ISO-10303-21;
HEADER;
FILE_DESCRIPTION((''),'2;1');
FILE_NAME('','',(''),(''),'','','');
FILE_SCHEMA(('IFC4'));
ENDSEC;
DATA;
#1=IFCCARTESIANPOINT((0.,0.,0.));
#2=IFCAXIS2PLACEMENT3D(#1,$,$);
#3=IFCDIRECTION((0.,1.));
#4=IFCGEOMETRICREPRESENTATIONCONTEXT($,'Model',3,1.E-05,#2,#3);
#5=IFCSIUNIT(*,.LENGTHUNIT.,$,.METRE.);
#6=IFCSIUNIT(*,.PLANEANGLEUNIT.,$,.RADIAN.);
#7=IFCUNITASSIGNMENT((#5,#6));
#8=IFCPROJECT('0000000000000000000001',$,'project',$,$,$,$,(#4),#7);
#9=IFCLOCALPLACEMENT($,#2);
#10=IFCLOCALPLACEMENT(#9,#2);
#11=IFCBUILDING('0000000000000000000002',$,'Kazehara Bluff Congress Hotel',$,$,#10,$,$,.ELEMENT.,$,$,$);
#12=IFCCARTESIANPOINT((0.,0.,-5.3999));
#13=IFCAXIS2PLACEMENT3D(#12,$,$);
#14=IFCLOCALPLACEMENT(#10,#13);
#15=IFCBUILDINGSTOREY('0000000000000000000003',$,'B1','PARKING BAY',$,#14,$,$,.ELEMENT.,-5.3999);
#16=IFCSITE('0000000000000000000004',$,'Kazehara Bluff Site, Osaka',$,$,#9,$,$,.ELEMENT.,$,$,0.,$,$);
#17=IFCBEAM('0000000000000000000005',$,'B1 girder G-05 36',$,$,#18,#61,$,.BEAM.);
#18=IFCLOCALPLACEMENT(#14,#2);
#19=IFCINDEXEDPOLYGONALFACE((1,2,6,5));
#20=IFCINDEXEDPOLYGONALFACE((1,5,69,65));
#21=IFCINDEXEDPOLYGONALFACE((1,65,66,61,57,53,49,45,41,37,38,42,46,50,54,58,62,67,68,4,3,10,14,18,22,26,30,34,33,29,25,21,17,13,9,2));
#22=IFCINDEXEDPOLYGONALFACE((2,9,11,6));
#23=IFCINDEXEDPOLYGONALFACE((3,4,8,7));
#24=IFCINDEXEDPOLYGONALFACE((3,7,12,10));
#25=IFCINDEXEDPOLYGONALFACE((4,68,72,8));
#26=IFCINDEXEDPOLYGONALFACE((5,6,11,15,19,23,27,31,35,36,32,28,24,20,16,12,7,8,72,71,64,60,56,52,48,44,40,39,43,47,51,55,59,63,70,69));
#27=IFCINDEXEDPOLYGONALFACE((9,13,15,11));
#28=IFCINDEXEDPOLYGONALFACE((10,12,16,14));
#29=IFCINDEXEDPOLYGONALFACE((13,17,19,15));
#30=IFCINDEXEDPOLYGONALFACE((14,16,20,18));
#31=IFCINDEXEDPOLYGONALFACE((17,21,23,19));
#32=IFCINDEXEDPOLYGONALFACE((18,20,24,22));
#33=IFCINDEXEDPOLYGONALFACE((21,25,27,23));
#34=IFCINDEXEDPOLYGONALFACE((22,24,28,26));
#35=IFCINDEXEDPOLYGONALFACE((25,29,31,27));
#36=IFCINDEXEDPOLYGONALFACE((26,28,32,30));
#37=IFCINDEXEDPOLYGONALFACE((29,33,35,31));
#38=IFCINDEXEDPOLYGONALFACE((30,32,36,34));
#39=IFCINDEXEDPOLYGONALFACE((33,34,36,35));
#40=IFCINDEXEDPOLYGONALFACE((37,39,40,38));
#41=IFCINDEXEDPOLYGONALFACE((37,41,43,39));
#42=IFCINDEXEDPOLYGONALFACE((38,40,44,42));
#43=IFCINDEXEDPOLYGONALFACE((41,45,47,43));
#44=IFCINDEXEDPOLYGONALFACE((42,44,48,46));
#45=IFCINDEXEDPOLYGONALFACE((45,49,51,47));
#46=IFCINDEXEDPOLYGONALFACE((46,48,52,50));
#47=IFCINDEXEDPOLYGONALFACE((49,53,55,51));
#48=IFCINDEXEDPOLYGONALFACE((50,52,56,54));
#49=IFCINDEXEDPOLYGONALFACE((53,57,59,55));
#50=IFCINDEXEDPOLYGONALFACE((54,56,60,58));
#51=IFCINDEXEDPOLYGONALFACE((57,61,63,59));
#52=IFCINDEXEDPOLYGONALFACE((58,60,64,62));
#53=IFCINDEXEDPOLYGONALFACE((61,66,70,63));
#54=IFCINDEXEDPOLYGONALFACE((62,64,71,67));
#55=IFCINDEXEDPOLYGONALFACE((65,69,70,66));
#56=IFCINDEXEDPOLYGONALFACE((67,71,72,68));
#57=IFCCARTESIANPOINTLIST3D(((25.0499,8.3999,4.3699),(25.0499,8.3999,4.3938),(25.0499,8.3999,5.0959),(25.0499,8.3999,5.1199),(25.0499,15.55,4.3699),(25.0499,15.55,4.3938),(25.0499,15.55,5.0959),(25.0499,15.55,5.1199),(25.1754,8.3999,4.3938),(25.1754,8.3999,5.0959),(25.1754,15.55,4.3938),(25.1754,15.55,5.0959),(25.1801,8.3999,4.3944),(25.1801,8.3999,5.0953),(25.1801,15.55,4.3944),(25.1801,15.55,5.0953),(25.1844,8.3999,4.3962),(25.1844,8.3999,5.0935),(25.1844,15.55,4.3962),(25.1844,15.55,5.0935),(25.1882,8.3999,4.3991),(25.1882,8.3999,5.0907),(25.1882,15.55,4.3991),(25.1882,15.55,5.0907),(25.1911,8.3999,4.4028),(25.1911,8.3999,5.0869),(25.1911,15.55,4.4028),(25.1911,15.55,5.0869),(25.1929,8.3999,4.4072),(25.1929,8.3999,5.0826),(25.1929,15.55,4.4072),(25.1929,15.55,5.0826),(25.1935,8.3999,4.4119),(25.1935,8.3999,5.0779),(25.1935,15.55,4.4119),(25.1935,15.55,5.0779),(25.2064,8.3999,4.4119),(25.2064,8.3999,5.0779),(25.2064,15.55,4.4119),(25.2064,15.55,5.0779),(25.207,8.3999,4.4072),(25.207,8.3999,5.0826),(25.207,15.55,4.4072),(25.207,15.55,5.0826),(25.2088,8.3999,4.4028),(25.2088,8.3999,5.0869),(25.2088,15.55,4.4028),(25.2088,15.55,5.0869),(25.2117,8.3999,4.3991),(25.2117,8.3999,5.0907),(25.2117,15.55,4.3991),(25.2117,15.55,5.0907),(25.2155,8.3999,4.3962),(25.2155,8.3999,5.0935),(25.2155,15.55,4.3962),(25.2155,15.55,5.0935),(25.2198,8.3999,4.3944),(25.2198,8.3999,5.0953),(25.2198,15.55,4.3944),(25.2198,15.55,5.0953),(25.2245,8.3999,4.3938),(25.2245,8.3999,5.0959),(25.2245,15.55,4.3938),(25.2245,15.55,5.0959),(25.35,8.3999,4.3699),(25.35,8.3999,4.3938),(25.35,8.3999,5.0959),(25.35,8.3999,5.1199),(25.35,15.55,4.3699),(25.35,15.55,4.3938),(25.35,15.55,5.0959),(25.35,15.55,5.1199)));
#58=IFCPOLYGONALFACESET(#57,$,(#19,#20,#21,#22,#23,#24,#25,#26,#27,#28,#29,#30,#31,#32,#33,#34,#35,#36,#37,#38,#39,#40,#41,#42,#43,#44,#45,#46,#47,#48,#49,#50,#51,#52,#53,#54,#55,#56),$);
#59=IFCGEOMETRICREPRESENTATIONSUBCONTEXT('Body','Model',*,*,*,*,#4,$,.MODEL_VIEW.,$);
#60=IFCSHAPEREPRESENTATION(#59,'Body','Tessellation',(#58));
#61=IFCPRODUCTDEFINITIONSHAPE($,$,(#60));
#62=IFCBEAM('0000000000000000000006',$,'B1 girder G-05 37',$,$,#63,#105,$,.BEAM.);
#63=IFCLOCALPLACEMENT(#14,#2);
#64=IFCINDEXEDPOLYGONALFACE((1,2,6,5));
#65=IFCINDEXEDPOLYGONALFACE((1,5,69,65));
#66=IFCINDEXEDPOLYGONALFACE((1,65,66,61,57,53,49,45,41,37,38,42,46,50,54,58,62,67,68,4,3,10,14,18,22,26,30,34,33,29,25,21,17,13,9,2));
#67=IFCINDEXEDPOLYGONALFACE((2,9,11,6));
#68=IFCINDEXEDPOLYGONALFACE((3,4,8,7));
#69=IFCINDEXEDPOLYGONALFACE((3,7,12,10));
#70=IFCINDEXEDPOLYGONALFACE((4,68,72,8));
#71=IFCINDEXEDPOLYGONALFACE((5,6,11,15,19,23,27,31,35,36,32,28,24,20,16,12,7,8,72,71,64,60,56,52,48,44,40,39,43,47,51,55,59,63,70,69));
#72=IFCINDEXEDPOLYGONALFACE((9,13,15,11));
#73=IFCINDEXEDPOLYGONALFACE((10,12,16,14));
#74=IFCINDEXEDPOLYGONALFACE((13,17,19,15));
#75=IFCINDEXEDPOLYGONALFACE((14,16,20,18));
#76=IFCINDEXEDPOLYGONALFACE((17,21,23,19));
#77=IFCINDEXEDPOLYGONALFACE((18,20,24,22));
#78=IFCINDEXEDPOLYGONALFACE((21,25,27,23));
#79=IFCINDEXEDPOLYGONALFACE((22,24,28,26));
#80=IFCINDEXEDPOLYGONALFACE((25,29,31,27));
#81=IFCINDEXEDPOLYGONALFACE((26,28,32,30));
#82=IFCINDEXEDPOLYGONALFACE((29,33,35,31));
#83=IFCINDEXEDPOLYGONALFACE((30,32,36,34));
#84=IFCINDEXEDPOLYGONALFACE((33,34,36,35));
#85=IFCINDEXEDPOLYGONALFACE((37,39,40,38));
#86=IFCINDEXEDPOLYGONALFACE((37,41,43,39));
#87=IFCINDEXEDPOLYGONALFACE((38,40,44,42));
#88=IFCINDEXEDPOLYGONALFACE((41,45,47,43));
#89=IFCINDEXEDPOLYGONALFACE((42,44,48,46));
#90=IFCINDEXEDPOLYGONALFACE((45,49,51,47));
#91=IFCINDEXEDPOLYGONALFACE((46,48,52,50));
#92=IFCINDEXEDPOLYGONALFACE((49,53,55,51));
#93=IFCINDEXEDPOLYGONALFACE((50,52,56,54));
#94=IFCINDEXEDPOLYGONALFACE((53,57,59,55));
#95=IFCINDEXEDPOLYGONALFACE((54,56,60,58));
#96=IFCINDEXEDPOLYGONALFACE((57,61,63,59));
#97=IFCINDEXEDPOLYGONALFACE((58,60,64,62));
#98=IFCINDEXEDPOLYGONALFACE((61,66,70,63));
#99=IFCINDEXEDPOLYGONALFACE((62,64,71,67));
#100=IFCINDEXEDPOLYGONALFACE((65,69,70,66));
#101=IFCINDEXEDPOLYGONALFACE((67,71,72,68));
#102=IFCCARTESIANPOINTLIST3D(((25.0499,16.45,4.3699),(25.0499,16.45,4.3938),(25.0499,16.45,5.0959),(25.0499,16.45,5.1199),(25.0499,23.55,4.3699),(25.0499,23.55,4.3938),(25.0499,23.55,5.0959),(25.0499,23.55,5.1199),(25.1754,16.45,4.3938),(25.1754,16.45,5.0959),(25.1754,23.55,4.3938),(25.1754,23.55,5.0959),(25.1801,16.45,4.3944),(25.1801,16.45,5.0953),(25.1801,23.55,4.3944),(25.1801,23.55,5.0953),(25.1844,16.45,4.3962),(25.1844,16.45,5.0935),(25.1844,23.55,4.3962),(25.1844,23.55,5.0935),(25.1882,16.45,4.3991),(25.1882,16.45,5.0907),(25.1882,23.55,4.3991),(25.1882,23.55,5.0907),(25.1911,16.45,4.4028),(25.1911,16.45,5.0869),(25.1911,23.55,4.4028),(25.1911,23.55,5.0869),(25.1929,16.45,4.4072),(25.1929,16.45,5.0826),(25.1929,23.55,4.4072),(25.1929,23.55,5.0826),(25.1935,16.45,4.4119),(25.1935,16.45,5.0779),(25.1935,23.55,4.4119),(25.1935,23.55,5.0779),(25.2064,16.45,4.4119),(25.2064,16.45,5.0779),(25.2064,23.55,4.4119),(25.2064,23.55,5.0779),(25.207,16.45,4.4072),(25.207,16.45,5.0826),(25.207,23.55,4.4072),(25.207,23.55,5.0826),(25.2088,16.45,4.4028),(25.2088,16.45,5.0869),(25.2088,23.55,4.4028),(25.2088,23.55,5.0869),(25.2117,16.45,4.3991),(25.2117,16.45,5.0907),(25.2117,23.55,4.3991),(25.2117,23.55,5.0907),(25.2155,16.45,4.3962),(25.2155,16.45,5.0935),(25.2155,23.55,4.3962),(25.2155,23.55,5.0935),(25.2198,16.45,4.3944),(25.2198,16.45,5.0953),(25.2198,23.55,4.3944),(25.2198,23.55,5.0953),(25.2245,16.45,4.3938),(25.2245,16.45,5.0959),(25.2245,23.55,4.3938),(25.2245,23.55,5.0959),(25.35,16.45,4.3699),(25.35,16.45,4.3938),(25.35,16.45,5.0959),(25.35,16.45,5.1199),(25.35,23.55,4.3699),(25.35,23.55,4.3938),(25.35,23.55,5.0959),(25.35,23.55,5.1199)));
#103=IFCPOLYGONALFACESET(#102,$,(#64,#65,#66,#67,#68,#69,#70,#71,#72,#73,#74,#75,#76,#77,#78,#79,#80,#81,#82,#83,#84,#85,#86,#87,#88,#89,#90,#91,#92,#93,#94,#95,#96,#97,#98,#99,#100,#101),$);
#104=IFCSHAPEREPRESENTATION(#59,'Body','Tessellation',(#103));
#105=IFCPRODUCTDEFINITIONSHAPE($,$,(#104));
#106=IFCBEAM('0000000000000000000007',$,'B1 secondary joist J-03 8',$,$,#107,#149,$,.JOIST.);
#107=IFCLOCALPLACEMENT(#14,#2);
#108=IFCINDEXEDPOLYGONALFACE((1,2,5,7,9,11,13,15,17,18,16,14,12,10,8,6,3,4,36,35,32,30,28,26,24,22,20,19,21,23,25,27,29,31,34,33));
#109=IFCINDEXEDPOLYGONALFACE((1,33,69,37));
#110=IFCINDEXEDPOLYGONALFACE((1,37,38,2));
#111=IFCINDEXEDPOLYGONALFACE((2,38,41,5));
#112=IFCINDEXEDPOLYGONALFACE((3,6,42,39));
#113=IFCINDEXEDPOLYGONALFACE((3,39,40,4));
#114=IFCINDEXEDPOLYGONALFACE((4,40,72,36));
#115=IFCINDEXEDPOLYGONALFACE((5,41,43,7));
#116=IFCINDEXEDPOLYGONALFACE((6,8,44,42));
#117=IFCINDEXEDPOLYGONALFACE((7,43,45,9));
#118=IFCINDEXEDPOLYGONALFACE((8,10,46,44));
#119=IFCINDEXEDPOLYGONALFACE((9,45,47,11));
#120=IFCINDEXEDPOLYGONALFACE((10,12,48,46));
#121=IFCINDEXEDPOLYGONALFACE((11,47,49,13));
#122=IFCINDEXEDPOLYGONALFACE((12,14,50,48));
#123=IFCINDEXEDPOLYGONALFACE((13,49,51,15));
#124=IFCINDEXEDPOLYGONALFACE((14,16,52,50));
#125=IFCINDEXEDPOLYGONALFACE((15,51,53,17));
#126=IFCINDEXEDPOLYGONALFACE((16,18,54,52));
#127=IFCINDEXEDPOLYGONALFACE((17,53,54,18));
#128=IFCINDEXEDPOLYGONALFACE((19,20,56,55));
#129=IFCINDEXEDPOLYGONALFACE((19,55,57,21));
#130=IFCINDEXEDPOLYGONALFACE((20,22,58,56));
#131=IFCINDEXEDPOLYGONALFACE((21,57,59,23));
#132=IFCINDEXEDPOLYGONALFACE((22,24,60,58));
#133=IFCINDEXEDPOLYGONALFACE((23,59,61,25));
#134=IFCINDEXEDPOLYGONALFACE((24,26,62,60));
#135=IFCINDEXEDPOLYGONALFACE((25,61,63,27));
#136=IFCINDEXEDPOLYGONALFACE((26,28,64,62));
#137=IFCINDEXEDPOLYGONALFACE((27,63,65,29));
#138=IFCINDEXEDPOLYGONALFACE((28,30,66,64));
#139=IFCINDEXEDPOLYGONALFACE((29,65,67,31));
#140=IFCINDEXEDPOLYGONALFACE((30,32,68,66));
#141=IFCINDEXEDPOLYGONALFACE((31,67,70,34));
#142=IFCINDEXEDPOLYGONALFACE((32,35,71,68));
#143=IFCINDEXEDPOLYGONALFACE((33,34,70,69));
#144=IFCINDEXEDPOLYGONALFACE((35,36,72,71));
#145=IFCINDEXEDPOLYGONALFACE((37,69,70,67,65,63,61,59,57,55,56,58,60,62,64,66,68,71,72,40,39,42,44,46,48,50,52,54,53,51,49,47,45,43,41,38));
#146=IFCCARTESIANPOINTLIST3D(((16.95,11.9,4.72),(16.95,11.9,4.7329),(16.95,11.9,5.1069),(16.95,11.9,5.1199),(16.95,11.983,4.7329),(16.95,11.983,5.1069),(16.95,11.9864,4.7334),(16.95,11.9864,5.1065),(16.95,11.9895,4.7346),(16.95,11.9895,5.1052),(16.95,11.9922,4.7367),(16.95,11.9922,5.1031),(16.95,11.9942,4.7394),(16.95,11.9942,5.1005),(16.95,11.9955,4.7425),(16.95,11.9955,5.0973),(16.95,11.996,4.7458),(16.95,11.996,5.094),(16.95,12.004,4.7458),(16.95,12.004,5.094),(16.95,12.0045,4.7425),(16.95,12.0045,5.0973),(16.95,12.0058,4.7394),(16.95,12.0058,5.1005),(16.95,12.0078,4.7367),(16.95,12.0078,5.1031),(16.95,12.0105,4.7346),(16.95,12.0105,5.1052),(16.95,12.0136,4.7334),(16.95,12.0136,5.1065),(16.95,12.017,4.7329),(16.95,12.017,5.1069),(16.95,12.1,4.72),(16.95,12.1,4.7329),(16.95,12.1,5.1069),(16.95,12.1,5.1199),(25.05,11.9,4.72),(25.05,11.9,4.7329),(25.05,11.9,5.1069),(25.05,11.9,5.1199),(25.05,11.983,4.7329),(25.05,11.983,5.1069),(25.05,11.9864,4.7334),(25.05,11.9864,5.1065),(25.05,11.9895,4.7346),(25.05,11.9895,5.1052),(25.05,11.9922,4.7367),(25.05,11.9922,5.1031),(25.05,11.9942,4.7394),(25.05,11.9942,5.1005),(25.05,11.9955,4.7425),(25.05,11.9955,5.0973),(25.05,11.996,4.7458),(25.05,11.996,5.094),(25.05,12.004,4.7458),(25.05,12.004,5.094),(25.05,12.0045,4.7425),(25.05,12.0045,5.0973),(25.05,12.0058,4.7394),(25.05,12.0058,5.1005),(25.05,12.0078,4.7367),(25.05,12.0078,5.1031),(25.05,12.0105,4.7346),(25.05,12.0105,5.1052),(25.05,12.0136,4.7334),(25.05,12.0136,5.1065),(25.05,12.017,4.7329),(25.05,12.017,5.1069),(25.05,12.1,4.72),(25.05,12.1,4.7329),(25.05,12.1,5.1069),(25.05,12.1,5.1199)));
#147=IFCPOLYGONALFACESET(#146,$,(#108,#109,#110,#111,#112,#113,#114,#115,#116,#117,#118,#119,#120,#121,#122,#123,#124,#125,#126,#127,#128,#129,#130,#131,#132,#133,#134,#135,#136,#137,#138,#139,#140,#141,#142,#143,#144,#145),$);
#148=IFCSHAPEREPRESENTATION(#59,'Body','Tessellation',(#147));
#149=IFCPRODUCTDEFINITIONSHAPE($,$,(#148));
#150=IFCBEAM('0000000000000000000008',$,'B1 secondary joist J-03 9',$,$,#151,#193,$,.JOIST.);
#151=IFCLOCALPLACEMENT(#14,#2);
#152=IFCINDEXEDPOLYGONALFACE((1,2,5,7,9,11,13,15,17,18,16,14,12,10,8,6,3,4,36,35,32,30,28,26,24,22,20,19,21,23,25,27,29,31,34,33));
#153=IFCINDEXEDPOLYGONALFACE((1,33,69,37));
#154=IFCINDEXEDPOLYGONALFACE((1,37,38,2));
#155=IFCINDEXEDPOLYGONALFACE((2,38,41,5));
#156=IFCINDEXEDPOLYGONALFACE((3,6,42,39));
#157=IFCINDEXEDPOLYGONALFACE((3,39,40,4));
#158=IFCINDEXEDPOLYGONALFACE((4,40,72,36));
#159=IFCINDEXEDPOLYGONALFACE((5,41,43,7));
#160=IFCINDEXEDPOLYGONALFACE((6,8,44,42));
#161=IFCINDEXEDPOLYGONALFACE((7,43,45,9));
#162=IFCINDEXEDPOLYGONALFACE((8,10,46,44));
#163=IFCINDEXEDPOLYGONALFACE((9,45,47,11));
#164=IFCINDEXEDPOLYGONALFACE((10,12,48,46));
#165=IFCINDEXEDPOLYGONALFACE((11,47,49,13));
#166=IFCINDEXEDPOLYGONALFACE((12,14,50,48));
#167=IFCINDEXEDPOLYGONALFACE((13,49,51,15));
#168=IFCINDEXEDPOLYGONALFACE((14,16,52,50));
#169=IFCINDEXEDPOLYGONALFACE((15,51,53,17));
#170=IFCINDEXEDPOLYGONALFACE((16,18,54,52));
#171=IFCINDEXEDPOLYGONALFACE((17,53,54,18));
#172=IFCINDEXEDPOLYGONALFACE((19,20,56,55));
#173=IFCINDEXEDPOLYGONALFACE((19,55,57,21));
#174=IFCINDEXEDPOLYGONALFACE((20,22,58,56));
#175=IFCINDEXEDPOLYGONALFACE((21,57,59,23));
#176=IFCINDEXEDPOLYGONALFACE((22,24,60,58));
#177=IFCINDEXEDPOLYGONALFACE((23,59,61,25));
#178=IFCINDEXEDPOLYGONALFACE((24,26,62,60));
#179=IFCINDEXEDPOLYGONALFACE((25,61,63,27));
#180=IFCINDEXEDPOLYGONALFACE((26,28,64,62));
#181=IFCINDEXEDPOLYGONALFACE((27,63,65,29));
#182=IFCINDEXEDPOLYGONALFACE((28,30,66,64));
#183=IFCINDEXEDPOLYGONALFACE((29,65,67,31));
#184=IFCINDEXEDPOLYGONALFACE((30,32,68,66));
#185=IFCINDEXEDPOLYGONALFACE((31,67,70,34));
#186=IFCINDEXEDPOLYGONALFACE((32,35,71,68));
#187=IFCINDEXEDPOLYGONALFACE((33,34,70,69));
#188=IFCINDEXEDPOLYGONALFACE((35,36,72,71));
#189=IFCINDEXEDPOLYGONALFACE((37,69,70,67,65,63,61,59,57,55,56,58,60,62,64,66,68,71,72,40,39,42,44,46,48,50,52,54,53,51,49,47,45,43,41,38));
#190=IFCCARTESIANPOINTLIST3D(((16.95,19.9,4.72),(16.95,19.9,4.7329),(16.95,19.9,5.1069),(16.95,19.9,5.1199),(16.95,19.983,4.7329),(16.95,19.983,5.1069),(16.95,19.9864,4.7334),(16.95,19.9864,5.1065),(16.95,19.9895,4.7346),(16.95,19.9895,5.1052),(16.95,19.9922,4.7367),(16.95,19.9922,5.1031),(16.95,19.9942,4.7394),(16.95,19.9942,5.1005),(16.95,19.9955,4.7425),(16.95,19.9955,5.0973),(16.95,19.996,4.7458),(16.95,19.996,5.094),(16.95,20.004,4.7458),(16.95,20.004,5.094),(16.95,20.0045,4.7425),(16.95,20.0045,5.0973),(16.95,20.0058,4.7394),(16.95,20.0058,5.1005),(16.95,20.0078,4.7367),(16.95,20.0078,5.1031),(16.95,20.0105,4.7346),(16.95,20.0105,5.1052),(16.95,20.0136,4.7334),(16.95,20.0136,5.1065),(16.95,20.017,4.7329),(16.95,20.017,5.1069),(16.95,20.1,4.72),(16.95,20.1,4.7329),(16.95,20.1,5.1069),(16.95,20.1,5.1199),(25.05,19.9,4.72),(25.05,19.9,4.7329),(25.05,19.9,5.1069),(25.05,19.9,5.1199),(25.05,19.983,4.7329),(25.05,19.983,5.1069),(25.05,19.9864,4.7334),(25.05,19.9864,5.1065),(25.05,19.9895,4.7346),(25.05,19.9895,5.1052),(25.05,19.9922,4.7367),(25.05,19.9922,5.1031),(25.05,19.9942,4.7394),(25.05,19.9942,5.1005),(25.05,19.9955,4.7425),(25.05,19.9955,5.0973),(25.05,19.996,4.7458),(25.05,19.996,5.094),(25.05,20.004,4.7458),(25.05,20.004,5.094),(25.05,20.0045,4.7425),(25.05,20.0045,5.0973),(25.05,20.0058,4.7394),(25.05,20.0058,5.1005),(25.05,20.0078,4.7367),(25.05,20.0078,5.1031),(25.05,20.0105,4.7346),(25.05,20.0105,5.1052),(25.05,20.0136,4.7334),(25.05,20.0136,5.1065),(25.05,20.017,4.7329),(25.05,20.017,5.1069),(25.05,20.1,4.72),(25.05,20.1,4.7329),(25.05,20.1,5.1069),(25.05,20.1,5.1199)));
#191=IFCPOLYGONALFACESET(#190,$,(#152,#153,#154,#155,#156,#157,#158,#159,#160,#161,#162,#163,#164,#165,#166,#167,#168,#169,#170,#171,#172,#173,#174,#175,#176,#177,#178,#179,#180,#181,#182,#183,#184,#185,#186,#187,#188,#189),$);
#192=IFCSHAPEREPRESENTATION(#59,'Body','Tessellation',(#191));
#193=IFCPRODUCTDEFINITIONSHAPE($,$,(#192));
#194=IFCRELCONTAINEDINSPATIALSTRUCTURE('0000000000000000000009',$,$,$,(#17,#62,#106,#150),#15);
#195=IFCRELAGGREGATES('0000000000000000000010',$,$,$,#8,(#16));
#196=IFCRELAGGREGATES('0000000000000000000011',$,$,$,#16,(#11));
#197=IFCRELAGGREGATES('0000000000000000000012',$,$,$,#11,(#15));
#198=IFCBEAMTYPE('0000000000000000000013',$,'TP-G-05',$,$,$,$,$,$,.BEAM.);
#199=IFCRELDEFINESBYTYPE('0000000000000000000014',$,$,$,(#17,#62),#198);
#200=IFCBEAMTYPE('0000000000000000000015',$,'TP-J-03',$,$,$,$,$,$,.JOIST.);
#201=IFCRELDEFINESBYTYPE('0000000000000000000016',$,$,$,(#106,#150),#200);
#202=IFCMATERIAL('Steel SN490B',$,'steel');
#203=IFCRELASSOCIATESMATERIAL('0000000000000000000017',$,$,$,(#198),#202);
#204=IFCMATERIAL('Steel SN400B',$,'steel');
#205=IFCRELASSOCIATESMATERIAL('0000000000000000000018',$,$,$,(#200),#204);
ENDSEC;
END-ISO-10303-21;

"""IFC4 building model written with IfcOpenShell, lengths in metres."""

from ifc_helpers import new_model, si_unit, direction, frame, origin, origin_2d, place, context, subcontext, project, spatial, i_section, extrude, material, material_profile, profile_set, type_object, element, save


model = new_model("IFC4")

# Units and contexts
model_context = context("Model", 3, precision=1e-05, world=origin(), true_north=direction((0.0, 1.0)))
body_context = subcontext(model_context, "Body", "Model", "MODEL_VIEW")
ifc_project = project(units=[si_unit("LENGTHUNIT", "METRE"), si_unit("PLANEANGLEUNIT", "RADIAN")], contexts=[model_context])

# Site, building, storey
site_placement = place(None, origin())
site = spatial("IfcSite", under=ifc_project, at=site_placement, Name="Kazehara Bluff Site, Osaka", CompositionType="ELEMENT", RefElevation=0.0)
building_placement = place(site_placement, origin())
building = spatial("IfcBuilding", under=site, at=building_placement, Name="Kazehara Bluff Congress Hotel", CompositionType="ELEMENT")
storey_placement = place(building_placement, frame((0.0, 0.0, -5.3999)))
storey = spatial("IfcBuildingStorey", under=building, at=storey_placement, Name="B1", Description="PARKING BAY", CompositionType="ELEMENT", Elevation=-5.3999)

# Beams
ifc_material_1 = material(Name="Steel SN490B", Category="steel")
ifc_material_profile_1 = material_profile(ifc_material_1, i_section(OverallWidth=0.3, OverallDepth=0.75, WebThickness=0.0129, FlangeThickness=0.0239, FilletRadius=0.0181, at=origin_2d()))
ifc_profile_set_1 = profile_set([ifc_material_profile_1], Name="Steel SN490B")
beam_type_1 = type_object("IfcBeamType", Name="TP-G-05", PredefinedType="BEAM", material=ifc_profile_set_1)
beam_1_placement = place(storey_placement, frame((25.2, 8.3999, 4.7449), z_axis=(0.0, 1.0, 0.0), x_axis=(-1.0, 0.0, 0.0)))
element("IfcBeam", 1, at=beam_1_placement, inside=storey, type_object=beam_type_1, Name="B1 girder G-05 36", PredefinedType="BEAM", context=body_context, shape_type="SweptSolid", body=[
    extrude(i_section(OverallWidth=0.3, OverallDepth=0.75, WebThickness=0.0129, FlangeThickness=0.0239, FilletRadius=0.0181, at=origin_2d()), origin(), (0.0, 0.0, 1.0), 7.1501),
])
beam_2_placement = place(storey_placement, frame((25.2, 16.45, 4.7449), z_axis=(0.0, 1.0, 0.0), x_axis=(-1.0, 0.0, 0.0)))
element("IfcBeam", 2, at=beam_2_placement, inside=storey, type_object=beam_type_1, Name="B1 girder G-05 37", PredefinedType="BEAM", context=body_context, shape_type="SweptSolid", body=[
    extrude(i_section(OverallWidth=0.3, OverallDepth=0.75, WebThickness=0.0129, FlangeThickness=0.0239, FilletRadius=0.0181, at=origin_2d()), origin(), (0.0, 0.0, 1.0), 7.1001),
])
ifc_material_2 = material(Name="Steel SN400B", Category="steel")
ifc_material_profile_2 = material_profile(ifc_material_2, i_section(OverallWidth=0.2, OverallDepth=0.3999, WebThickness=0.0081, FlangeThickness=0.0129, FilletRadius=0.0129, at=origin_2d()))
ifc_profile_set_2 = profile_set([ifc_material_profile_2], Name="Steel SN400B")
beam_type_2 = type_object("IfcBeamType", Name="TP-J-03", PredefinedType="JOIST", material=ifc_profile_set_2)
for number, where, z_axis, x_axis, name in (
    (3, (16.95, 12.0, 4.9199), (1.0, 0.0, 0.0), (0.0, 1.0, 0.0), "B1 secondary joist J-03 8"),
    (4, (16.95, 20.0, 4.9199), (1.0, 0.0, 0.0), (0.0, 1.0, 0.0), "B1 secondary joist J-03 9"),
):
    element("IfcBeam", number, at=place(storey_placement, frame(where, z_axis=z_axis, x_axis=x_axis)), inside=storey, type_object=beam_type_2, Name=name, PredefinedType="JOIST", context=body_context, shape_type="SweptSolid", body=[
        extrude(i_section(OverallWidth=0.2, OverallDepth=0.3999, WebThickness=0.0081, FlangeThickness=0.0129, FilletRadius=0.0129, at=origin_2d()), origin(), (0.0, 0.0, 1.0), 8.1001),
    ])

save(model, "model.ifc")
